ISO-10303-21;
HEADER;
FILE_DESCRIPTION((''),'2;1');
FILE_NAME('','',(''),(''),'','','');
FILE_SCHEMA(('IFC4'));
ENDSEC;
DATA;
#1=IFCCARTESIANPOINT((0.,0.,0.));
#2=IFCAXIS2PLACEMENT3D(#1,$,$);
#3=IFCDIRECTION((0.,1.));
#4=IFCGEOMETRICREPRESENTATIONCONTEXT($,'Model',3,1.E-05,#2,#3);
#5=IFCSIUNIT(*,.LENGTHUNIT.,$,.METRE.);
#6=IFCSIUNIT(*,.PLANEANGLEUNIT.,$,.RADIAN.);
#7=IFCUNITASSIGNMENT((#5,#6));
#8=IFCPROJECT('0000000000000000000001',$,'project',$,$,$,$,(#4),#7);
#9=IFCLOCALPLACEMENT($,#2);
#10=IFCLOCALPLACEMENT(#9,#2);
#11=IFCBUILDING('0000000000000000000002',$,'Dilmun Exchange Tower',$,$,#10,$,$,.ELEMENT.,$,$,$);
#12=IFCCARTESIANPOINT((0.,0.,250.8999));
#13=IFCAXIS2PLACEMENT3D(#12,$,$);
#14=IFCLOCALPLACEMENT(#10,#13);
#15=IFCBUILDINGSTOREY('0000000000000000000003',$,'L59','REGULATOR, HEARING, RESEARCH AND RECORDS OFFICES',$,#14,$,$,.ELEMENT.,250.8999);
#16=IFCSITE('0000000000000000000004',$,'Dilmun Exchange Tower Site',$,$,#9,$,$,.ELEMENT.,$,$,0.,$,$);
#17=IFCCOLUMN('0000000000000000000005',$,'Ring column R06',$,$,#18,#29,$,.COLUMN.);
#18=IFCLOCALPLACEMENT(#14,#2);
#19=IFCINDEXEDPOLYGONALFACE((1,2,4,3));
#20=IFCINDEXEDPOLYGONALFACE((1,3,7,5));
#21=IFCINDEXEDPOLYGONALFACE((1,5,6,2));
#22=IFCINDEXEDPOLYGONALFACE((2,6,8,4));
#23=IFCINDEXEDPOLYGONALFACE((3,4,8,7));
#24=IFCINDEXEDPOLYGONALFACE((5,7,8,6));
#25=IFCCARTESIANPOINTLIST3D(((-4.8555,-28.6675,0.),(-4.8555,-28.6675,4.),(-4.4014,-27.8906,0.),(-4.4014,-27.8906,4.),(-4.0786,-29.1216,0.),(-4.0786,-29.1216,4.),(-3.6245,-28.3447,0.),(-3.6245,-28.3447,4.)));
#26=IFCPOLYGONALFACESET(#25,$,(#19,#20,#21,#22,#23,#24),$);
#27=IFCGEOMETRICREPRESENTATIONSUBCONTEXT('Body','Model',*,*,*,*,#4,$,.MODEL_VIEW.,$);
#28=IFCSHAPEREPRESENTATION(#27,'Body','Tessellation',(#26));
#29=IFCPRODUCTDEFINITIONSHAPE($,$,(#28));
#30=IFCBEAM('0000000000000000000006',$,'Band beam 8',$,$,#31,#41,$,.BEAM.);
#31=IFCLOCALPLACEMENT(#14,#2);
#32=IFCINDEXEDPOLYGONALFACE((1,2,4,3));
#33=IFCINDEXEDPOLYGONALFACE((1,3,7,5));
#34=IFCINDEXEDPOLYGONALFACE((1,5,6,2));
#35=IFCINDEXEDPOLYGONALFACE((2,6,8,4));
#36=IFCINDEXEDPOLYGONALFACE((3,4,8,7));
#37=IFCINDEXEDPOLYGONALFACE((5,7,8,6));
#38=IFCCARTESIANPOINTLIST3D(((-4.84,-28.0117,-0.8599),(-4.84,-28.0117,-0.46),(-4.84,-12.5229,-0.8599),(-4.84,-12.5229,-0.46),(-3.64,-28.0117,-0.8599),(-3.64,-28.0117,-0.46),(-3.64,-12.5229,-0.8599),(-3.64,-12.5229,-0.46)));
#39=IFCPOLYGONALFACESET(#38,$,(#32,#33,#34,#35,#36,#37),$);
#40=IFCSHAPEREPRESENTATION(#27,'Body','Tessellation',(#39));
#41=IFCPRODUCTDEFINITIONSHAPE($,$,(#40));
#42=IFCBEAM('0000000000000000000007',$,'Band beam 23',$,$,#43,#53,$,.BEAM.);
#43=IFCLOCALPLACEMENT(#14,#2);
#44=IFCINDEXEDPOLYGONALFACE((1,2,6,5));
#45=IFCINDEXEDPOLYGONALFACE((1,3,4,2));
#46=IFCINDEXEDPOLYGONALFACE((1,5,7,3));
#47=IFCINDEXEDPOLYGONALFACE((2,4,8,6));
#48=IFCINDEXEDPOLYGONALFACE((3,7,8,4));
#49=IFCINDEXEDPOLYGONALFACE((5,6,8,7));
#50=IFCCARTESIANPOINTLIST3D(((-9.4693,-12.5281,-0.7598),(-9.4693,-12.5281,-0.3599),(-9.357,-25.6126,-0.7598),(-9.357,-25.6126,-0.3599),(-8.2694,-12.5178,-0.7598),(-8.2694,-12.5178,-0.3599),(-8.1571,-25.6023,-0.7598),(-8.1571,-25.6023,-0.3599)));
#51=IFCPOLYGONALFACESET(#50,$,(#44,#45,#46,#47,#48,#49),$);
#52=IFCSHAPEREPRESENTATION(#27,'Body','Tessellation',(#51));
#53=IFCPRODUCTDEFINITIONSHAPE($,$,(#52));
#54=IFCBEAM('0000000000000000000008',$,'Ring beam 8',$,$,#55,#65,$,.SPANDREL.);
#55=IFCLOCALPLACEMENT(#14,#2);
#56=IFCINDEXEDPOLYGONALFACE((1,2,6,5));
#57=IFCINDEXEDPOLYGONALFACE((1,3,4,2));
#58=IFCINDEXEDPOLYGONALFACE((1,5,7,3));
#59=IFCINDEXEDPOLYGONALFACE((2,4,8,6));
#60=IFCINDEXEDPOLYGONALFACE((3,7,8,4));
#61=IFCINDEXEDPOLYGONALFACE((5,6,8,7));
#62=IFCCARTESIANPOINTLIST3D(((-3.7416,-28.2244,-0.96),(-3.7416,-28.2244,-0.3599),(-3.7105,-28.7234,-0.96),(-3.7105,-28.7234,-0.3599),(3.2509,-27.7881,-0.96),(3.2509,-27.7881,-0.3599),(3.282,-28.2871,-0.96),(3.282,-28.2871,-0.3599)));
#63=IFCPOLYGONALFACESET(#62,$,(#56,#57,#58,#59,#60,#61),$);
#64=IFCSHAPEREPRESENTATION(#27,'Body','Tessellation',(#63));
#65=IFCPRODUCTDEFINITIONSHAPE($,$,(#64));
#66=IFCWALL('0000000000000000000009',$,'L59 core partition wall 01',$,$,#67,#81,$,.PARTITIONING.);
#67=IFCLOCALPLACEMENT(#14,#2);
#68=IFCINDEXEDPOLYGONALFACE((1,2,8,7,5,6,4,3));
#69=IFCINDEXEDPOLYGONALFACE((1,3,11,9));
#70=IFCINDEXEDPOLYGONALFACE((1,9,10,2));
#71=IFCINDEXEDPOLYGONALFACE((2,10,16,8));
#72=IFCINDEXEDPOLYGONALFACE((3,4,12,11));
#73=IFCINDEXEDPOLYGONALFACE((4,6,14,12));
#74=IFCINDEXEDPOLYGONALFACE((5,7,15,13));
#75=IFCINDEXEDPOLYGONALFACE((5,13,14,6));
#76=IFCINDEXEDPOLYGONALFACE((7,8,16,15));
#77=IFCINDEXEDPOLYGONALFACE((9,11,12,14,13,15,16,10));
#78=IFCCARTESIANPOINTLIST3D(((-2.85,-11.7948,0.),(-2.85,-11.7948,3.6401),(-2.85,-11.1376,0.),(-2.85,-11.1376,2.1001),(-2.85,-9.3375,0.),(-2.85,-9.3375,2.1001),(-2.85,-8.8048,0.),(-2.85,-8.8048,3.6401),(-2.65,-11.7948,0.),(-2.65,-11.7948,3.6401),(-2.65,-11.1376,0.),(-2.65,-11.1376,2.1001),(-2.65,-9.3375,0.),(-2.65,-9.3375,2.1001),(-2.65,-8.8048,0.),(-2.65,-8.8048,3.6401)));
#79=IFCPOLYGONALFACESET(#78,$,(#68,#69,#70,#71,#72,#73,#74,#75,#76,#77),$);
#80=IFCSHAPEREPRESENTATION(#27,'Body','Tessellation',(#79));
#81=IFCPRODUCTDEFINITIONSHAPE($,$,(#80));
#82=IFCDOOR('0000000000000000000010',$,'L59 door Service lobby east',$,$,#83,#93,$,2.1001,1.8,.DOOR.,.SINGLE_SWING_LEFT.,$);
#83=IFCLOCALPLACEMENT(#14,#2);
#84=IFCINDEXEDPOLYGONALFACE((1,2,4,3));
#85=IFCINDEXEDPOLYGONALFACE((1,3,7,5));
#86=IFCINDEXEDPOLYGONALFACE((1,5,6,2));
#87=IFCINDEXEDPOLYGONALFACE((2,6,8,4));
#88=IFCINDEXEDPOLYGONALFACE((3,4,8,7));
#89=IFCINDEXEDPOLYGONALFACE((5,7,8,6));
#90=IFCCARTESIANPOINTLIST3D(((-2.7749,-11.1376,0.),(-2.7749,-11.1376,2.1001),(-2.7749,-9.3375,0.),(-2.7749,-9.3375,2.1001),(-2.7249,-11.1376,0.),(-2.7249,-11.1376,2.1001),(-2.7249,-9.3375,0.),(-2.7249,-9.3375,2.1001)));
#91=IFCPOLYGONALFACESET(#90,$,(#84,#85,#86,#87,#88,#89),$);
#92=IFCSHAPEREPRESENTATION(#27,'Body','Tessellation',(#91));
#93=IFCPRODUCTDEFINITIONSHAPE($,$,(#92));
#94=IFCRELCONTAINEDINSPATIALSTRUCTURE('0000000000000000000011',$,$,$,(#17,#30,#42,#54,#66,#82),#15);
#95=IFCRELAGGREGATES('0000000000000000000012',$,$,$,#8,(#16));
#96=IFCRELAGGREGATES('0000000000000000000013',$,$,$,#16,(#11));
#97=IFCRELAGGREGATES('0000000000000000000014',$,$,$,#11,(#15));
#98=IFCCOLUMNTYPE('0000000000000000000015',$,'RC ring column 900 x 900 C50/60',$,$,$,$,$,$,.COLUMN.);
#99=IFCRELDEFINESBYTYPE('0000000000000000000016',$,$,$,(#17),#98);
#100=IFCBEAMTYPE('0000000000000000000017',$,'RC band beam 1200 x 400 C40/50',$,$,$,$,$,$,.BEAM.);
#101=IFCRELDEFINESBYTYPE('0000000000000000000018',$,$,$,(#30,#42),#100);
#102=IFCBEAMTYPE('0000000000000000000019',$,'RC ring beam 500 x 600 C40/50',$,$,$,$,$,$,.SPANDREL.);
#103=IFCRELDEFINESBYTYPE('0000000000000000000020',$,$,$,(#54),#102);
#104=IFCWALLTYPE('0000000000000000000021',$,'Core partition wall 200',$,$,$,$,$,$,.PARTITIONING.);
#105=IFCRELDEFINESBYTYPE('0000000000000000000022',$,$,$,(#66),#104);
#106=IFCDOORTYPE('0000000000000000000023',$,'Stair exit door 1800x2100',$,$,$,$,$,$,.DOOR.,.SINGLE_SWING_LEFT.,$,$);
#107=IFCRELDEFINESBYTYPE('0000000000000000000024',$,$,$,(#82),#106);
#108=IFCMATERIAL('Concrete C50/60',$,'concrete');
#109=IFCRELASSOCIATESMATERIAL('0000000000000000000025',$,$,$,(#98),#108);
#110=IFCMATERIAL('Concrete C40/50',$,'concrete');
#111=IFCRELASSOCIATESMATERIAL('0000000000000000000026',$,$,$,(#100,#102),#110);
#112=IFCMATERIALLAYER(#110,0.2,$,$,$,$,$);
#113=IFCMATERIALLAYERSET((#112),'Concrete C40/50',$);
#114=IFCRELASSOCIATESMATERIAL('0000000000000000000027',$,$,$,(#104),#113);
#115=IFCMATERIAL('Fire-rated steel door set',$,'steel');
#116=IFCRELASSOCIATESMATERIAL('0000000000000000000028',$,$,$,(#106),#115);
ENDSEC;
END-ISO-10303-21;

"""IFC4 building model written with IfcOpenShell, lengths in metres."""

from ifc_helpers import new_model, si_unit, direction, frame, frame_2d, origin, origin_2d, place, context, subcontext, project, spatial, rectangle, extrude, material, layer, layer_set, material_profile, profile_set, type_object, element, fill, save


model = new_model("IFC4")

# Units and contexts
model_context = context("Model", 3, precision=1e-05, world=origin(), true_north=direction((0.0, 1.0)))
body_context = subcontext(model_context, "Body", "Model", "MODEL_VIEW")
ifc_project = project(units=[si_unit("LENGTHUNIT", "METRE"), si_unit("PLANEANGLEUNIT", "RADIAN")], contexts=[model_context])

# Site, building, storey
site_placement = place(None, origin())
site = spatial("IfcSite", under=ifc_project, at=site_placement, Name="Dilmun Exchange Tower Site", CompositionType="ELEMENT", RefElevation=0.0)
building_placement = place(site_placement, origin())
building = spatial("IfcBuilding", under=site, at=building_placement, Name="Dilmun Exchange Tower", CompositionType="ELEMENT")
storey_placement = place(building_placement, frame((0.0, 0.0, 250.8999)))
storey = spatial("IfcBuildingStorey", under=building, at=storey_placement, Name="L59", Description="REGULATOR, HEARING, RESEARCH AND RECORDS OFFICES", CompositionType="ELEMENT", Elevation=250.8999)

# Column
ifc_material_1 = material(Name="Concrete C50/60", Category="concrete")
ifc_material_profile_1 = material_profile(ifc_material_1, rectangle(XDim=0.8999, YDim=0.8999, at=origin_2d()), Name="900 x 900")
ifc_profile_set_1 = profile_set([ifc_material_profile_1], Name="Concrete C50/60")
column_type = type_object("IfcColumnType", Name="RC ring column 900 x 900 C50/60", PredefinedType="COLUMN", material=ifc_profile_set_1)
column_placement = place(storey_placement, frame((-4.24, -28.5061, 0.0), z_axis=(0.0, 0.0, 1.0), x_axis=(0.504644, 0.863328, 0.0)))
element("IfcColumn", 1, at=column_placement, inside=storey, type_object=column_type, Name="Ring column R06", PredefinedType="COLUMN", context=body_context, shape_type="SweptSolid", body=[
    extrude(rectangle(XDim=0.8999, YDim=0.8999, at=origin_2d()), origin(), (0.0, 0.0, 1.0), 4.0),
])

# Beams
ifc_material_2 = material(Name="Concrete C40/50", Category="concrete")
ifc_material_profile_2 = material_profile(ifc_material_2, rectangle(XDim=1.2, YDim=0.3999, at=origin_2d()), Name="1200 x 400")
ifc_profile_set_2 = profile_set([ifc_material_profile_2], Name="Concrete C40/50")
beam_type_1 = type_object("IfcBeamType", Name="RC band beam 1200 x 400 C40/50", PredefinedType="BEAM", material=ifc_profile_set_2)
beam_1_placement = place(storey_placement, frame((-4.24, -28.0117, -0.6599), z_axis=(0.0, 1.0, 0.0), x_axis=(-1.0, 0.0, 0.0)))
element("IfcBeam", 2, at=beam_1_placement, inside=storey, type_object=beam_type_1, Name="Band beam 8", PredefinedType="BEAM", context=body_context, shape_type="SweptSolid", body=[
    extrude(rectangle(XDim=1.2, YDim=0.3999, at=origin_2d()), origin(), (0.0, 0.0, 1.0), 15.4888),
])
beam_2_placement = place(storey_placement, frame((-8.7571, -25.6074, -0.5598), z_axis=(-0.008583, 0.999963, 0.0), x_axis=(-0.999963, -0.008583, 0.0)))
element("IfcBeam", 3, at=beam_2_placement, inside=storey, type_object=beam_type_1, Name="Band beam 23", PredefinedType="BEAM", context=body_context, shape_type="SweptSolid", body=[
    extrude(rectangle(XDim=1.2, YDim=0.3999, at=origin_2d()), origin(), (0.0, 0.0, 1.0), 13.085),
])
ifc_material_profile_3 = material_profile(ifc_material_2, rectangle(XDim=0.5, YDim=0.6001, at=origin_2d()), Name="500 x 600")
ifc_profile_set_3 = profile_set([ifc_material_profile_3], Name="Concrete C40/50")
beam_type_2 = type_object("IfcBeamType", Name="RC ring beam 500 x 600 C40/50", PredefinedType="SPANDREL", material=ifc_profile_set_3)
beam_3_placement = place(storey_placement, frame((-3.7261, -28.4739, -0.6599), z_axis=(0.998059, 0.062272, 0.0), x_axis=(-0.062272, 0.998059, 0.0)))
element("IfcBeam", 4, at=beam_3_placement, inside=storey, type_object=beam_type_2, Name="Ring beam 8", PredefinedType="SPANDREL", context=body_context, shape_type="SweptSolid", body=[
    extrude(rectangle(XDim=0.5, YDim=0.6001, at=origin_2d()), origin(), (0.0, 0.0, 1.0), 7.0061),
])

# Wall, opening, door
ifc_layer_1 = layer(ifc_material_2, 0.2)
ifc_layer_set_1 = layer_set([ifc_layer_1], Name="Concrete C40/50")
wall_type_1 = type_object("IfcWallType", Name="Core partition wall 200", PredefinedType="PARTITIONING", material=ifc_layer_set_1)
wall_1_placement = place(storey_placement, frame((-2.75, -11.7949, 0.0), z_axis=(0.0, 0.0, 1.0), x_axis=(0.0, 1.0, 0.0)))
wall_1 = element("IfcWall", 5, at=wall_1_placement, inside=storey, type_object=wall_type_1, Name="L59 core partition wall 01", PredefinedType="PARTITIONING", context=body_context, shape_type="SweptSolid", body=[
    extrude(rectangle(XDim=2.99, YDim=0.2, at=frame_2d((1.4951, 0.0))), origin(), (0.0, 0.0, 1.0), 3.6401),
])
opening_1_placement = place(wall_1_placement, frame((0.6575, 0.0, 0.0)))
opening_1 = element("IfcOpeningElement", 6, at=opening_1_placement, cuts=wall_1, PredefinedType="OPENING", context=body_context, shape_type="SweptSolid", body=[
    extrude(rectangle(XDim=1.8, YDim=2.1001, at=frame_2d((0.8999, 1.05))), frame((0.0, 0.1099, 0.0), z_axis=(0.0, -1.0, 0.0), x_axis=(1.0, 0.0, 0.0)), (0.0, 0.0, 1.0), 0.22),
])
ifc_material_3 = material(Name="Fire-rated steel door set", Category="steel")
door_type_1 = type_object("IfcDoorType", Name="Stair exit door 1800x2100", OperationType="SINGLE_SWING_LEFT", PredefinedType="DOOR", material=ifc_material_3)
door_1_placement = place(opening_1_placement, origin())
door_1 = element("IfcDoor", 7, at=door_1_placement, inside=storey, type_object=door_type_1, Name="L59 door Service lobby east", OperationType="SINGLE_SWING_LEFT", OverallHeight=2.1001, OverallWidth=1.8, PredefinedType="DOOR", context=body_context, shape_type="SweptSolid", body=[
    extrude(rectangle(XDim=1.8, YDim=2.1001, at=frame_2d((0.8999, 1.05))), frame((0.0, 0.0249, 0.0), z_axis=(0.0, -1.0, 0.0), x_axis=(1.0, 0.0, 0.0)), (0.0, 0.0, 1.0), 0.05),
])
fill(opening_1, door_1)

save(model, "model.ifc")
